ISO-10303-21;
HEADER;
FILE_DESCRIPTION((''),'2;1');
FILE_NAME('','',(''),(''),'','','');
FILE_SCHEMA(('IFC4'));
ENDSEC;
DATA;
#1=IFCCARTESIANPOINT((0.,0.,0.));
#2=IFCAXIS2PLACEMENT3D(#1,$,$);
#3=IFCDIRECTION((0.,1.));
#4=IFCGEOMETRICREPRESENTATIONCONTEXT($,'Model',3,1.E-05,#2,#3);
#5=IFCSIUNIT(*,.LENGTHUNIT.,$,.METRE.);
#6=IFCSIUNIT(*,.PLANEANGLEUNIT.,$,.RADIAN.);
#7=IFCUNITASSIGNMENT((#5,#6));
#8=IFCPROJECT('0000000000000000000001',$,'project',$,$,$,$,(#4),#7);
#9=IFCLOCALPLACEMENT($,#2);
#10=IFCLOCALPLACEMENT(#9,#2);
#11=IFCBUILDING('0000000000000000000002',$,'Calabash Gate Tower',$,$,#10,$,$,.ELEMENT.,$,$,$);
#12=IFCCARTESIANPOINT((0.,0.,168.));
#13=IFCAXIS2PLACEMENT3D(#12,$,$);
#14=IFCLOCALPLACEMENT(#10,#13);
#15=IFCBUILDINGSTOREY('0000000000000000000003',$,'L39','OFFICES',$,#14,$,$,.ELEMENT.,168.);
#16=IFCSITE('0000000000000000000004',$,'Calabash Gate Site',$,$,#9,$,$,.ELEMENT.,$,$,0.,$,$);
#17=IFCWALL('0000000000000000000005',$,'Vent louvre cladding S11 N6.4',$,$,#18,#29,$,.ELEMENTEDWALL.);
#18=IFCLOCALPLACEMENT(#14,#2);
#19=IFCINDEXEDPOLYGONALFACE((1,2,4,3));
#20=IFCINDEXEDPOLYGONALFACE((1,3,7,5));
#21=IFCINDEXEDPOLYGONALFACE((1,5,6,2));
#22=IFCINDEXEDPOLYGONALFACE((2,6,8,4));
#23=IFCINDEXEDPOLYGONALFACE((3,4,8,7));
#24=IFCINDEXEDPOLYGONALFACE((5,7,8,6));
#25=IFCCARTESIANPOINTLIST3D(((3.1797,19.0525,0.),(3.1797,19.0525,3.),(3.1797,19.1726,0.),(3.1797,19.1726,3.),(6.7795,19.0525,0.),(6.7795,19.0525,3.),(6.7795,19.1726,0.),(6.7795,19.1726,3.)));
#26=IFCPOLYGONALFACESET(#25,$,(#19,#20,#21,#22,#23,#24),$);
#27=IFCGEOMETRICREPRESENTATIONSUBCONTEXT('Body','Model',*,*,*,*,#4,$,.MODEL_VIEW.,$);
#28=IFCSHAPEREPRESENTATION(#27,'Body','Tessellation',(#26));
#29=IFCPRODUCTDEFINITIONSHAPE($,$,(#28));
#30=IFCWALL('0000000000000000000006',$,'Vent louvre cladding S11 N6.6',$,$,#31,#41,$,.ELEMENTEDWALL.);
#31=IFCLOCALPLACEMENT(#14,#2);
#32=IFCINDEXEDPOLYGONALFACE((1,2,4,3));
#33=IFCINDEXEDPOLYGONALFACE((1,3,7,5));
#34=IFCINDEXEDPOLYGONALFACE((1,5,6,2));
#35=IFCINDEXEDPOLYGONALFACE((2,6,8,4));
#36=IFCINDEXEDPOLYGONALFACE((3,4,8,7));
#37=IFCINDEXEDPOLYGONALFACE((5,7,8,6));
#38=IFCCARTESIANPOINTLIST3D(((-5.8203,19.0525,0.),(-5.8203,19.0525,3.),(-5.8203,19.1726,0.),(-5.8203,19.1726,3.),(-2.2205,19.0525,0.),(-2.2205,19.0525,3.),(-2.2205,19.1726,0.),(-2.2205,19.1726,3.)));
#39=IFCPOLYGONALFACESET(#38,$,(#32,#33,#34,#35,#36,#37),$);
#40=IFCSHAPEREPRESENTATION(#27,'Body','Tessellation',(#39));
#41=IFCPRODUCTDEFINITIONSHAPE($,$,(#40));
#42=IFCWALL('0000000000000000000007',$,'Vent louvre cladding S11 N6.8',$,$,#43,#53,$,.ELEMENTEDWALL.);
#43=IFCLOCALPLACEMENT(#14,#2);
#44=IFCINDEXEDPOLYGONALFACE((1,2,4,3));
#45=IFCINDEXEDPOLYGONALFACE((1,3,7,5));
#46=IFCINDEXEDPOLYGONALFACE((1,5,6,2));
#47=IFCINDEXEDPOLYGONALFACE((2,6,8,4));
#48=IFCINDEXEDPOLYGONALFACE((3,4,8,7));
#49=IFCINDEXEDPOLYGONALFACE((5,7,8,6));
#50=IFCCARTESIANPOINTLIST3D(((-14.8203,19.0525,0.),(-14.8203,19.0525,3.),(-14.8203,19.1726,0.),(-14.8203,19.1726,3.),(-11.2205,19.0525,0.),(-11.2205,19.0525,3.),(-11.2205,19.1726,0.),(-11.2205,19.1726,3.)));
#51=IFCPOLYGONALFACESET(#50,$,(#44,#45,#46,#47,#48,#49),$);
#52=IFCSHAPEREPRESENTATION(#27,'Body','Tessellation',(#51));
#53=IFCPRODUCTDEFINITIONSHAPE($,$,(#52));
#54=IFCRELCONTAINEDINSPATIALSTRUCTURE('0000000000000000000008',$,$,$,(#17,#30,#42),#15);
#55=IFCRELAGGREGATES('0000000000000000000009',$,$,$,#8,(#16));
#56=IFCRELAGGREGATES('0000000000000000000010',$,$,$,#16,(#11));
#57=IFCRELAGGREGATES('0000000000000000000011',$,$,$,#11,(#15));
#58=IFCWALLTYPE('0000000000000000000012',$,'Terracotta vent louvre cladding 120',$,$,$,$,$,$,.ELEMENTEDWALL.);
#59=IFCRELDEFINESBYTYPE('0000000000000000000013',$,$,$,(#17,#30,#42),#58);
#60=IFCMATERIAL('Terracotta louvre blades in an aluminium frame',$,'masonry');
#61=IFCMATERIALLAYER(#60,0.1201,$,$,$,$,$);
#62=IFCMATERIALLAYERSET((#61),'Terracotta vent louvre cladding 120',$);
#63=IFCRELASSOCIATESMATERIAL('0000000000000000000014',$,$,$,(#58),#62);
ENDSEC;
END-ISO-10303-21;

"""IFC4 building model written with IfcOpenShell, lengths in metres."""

from ifc_helpers import new_model, si_unit, direction, frame, origin, place, context, subcontext, project, spatial, polyline, outline, extrude, material, layer, layer_set, type_object, element, save


model = new_model("IFC4")

# Units and contexts
model_context = context("Model", 3, precision=1e-05, world=origin(), true_north=direction((0.0, 1.0)))
body_context = subcontext(model_context, "Body", "Model", "MODEL_VIEW")
ifc_project = project(units=[si_unit("LENGTHUNIT", "METRE"), si_unit("PLANEANGLEUNIT", "RADIAN")], contexts=[model_context])

# Site, building, storey
site_placement = place(None, origin())
site = spatial("IfcSite", under=ifc_project, at=site_placement, Name="Calabash Gate Site", CompositionType="ELEMENT", RefElevation=0.0)
building_placement = place(site_placement, origin())
building = spatial("IfcBuilding", under=site, at=building_placement, Name="Calabash Gate Tower", CompositionType="ELEMENT")
storey_placement = place(building_placement, frame((0.0, 0.0, 168.0)))
storey = spatial("IfcBuildingStorey", under=building, at=storey_placement, Name="L39", Description="OFFICES", CompositionType="ELEMENT", Elevation=168.0)

# Walls
ifc_material_1 = material(Name="Terracotta louvre blades in an aluminium frame", Category="masonry")
ifc_layer_1 = layer(ifc_material_1, 0.1201)
ifc_layer_set_1 = layer_set([ifc_layer_1], Name="Terracotta vent louvre cladding 120")
wall_type_1 = type_object("IfcWallType", Name="Terracotta vent louvre cladding 120", PredefinedType="ELEMENTEDWALL", material=ifc_layer_set_1)
wall_1_placement = place(storey_placement, origin())
element("IfcWall", 1, at=wall_1_placement, inside=storey, type_object=wall_type_1, Name="Vent louvre cladding S11 N6.4", PredefinedType="ELEMENTEDWALL", context=body_context, shape_type="SweptSolid", body=[
    extrude(outline(polyline([(3.1797, 19.1726), (3.1797, 19.0525), (6.7795, 19.0525), (6.7795, 19.1726), (3.1797, 19.1726)])), origin(), (0.0, 0.0, 1.0), 3.0),
])
wall_2_placement = place(storey_placement, origin())
element("IfcWall", 2, at=wall_2_placement, inside=storey, type_object=wall_type_1, Name="Vent louvre cladding S11 N6.6", PredefinedType="ELEMENTEDWALL", context=body_context, shape_type="SweptSolid", body=[
    extrude(outline(polyline([(-5.8203, 19.1726), (-5.8203, 19.0525), (-2.2205, 19.0525), (-2.2205, 19.1726), (-5.8203, 19.1726)])), origin(), (0.0, 0.0, 1.0), 3.0),
])
wall_3_placement = place(storey_placement, origin())
element("IfcWall", 3, at=wall_3_placement, inside=storey, type_object=wall_type_1, Name="Vent louvre cladding S11 N6.8", PredefinedType="ELEMENTEDWALL", context=body_context, shape_type="SweptSolid", body=[
    extrude(outline(polyline([(-14.8203, 19.1726), (-14.8203, 19.0525), (-11.2205, 19.0525), (-11.2205, 19.1726), (-14.8203, 19.1726)])), origin(), (0.0, 0.0, 1.0), 3.0),
])

save(model, "model.ifc")
